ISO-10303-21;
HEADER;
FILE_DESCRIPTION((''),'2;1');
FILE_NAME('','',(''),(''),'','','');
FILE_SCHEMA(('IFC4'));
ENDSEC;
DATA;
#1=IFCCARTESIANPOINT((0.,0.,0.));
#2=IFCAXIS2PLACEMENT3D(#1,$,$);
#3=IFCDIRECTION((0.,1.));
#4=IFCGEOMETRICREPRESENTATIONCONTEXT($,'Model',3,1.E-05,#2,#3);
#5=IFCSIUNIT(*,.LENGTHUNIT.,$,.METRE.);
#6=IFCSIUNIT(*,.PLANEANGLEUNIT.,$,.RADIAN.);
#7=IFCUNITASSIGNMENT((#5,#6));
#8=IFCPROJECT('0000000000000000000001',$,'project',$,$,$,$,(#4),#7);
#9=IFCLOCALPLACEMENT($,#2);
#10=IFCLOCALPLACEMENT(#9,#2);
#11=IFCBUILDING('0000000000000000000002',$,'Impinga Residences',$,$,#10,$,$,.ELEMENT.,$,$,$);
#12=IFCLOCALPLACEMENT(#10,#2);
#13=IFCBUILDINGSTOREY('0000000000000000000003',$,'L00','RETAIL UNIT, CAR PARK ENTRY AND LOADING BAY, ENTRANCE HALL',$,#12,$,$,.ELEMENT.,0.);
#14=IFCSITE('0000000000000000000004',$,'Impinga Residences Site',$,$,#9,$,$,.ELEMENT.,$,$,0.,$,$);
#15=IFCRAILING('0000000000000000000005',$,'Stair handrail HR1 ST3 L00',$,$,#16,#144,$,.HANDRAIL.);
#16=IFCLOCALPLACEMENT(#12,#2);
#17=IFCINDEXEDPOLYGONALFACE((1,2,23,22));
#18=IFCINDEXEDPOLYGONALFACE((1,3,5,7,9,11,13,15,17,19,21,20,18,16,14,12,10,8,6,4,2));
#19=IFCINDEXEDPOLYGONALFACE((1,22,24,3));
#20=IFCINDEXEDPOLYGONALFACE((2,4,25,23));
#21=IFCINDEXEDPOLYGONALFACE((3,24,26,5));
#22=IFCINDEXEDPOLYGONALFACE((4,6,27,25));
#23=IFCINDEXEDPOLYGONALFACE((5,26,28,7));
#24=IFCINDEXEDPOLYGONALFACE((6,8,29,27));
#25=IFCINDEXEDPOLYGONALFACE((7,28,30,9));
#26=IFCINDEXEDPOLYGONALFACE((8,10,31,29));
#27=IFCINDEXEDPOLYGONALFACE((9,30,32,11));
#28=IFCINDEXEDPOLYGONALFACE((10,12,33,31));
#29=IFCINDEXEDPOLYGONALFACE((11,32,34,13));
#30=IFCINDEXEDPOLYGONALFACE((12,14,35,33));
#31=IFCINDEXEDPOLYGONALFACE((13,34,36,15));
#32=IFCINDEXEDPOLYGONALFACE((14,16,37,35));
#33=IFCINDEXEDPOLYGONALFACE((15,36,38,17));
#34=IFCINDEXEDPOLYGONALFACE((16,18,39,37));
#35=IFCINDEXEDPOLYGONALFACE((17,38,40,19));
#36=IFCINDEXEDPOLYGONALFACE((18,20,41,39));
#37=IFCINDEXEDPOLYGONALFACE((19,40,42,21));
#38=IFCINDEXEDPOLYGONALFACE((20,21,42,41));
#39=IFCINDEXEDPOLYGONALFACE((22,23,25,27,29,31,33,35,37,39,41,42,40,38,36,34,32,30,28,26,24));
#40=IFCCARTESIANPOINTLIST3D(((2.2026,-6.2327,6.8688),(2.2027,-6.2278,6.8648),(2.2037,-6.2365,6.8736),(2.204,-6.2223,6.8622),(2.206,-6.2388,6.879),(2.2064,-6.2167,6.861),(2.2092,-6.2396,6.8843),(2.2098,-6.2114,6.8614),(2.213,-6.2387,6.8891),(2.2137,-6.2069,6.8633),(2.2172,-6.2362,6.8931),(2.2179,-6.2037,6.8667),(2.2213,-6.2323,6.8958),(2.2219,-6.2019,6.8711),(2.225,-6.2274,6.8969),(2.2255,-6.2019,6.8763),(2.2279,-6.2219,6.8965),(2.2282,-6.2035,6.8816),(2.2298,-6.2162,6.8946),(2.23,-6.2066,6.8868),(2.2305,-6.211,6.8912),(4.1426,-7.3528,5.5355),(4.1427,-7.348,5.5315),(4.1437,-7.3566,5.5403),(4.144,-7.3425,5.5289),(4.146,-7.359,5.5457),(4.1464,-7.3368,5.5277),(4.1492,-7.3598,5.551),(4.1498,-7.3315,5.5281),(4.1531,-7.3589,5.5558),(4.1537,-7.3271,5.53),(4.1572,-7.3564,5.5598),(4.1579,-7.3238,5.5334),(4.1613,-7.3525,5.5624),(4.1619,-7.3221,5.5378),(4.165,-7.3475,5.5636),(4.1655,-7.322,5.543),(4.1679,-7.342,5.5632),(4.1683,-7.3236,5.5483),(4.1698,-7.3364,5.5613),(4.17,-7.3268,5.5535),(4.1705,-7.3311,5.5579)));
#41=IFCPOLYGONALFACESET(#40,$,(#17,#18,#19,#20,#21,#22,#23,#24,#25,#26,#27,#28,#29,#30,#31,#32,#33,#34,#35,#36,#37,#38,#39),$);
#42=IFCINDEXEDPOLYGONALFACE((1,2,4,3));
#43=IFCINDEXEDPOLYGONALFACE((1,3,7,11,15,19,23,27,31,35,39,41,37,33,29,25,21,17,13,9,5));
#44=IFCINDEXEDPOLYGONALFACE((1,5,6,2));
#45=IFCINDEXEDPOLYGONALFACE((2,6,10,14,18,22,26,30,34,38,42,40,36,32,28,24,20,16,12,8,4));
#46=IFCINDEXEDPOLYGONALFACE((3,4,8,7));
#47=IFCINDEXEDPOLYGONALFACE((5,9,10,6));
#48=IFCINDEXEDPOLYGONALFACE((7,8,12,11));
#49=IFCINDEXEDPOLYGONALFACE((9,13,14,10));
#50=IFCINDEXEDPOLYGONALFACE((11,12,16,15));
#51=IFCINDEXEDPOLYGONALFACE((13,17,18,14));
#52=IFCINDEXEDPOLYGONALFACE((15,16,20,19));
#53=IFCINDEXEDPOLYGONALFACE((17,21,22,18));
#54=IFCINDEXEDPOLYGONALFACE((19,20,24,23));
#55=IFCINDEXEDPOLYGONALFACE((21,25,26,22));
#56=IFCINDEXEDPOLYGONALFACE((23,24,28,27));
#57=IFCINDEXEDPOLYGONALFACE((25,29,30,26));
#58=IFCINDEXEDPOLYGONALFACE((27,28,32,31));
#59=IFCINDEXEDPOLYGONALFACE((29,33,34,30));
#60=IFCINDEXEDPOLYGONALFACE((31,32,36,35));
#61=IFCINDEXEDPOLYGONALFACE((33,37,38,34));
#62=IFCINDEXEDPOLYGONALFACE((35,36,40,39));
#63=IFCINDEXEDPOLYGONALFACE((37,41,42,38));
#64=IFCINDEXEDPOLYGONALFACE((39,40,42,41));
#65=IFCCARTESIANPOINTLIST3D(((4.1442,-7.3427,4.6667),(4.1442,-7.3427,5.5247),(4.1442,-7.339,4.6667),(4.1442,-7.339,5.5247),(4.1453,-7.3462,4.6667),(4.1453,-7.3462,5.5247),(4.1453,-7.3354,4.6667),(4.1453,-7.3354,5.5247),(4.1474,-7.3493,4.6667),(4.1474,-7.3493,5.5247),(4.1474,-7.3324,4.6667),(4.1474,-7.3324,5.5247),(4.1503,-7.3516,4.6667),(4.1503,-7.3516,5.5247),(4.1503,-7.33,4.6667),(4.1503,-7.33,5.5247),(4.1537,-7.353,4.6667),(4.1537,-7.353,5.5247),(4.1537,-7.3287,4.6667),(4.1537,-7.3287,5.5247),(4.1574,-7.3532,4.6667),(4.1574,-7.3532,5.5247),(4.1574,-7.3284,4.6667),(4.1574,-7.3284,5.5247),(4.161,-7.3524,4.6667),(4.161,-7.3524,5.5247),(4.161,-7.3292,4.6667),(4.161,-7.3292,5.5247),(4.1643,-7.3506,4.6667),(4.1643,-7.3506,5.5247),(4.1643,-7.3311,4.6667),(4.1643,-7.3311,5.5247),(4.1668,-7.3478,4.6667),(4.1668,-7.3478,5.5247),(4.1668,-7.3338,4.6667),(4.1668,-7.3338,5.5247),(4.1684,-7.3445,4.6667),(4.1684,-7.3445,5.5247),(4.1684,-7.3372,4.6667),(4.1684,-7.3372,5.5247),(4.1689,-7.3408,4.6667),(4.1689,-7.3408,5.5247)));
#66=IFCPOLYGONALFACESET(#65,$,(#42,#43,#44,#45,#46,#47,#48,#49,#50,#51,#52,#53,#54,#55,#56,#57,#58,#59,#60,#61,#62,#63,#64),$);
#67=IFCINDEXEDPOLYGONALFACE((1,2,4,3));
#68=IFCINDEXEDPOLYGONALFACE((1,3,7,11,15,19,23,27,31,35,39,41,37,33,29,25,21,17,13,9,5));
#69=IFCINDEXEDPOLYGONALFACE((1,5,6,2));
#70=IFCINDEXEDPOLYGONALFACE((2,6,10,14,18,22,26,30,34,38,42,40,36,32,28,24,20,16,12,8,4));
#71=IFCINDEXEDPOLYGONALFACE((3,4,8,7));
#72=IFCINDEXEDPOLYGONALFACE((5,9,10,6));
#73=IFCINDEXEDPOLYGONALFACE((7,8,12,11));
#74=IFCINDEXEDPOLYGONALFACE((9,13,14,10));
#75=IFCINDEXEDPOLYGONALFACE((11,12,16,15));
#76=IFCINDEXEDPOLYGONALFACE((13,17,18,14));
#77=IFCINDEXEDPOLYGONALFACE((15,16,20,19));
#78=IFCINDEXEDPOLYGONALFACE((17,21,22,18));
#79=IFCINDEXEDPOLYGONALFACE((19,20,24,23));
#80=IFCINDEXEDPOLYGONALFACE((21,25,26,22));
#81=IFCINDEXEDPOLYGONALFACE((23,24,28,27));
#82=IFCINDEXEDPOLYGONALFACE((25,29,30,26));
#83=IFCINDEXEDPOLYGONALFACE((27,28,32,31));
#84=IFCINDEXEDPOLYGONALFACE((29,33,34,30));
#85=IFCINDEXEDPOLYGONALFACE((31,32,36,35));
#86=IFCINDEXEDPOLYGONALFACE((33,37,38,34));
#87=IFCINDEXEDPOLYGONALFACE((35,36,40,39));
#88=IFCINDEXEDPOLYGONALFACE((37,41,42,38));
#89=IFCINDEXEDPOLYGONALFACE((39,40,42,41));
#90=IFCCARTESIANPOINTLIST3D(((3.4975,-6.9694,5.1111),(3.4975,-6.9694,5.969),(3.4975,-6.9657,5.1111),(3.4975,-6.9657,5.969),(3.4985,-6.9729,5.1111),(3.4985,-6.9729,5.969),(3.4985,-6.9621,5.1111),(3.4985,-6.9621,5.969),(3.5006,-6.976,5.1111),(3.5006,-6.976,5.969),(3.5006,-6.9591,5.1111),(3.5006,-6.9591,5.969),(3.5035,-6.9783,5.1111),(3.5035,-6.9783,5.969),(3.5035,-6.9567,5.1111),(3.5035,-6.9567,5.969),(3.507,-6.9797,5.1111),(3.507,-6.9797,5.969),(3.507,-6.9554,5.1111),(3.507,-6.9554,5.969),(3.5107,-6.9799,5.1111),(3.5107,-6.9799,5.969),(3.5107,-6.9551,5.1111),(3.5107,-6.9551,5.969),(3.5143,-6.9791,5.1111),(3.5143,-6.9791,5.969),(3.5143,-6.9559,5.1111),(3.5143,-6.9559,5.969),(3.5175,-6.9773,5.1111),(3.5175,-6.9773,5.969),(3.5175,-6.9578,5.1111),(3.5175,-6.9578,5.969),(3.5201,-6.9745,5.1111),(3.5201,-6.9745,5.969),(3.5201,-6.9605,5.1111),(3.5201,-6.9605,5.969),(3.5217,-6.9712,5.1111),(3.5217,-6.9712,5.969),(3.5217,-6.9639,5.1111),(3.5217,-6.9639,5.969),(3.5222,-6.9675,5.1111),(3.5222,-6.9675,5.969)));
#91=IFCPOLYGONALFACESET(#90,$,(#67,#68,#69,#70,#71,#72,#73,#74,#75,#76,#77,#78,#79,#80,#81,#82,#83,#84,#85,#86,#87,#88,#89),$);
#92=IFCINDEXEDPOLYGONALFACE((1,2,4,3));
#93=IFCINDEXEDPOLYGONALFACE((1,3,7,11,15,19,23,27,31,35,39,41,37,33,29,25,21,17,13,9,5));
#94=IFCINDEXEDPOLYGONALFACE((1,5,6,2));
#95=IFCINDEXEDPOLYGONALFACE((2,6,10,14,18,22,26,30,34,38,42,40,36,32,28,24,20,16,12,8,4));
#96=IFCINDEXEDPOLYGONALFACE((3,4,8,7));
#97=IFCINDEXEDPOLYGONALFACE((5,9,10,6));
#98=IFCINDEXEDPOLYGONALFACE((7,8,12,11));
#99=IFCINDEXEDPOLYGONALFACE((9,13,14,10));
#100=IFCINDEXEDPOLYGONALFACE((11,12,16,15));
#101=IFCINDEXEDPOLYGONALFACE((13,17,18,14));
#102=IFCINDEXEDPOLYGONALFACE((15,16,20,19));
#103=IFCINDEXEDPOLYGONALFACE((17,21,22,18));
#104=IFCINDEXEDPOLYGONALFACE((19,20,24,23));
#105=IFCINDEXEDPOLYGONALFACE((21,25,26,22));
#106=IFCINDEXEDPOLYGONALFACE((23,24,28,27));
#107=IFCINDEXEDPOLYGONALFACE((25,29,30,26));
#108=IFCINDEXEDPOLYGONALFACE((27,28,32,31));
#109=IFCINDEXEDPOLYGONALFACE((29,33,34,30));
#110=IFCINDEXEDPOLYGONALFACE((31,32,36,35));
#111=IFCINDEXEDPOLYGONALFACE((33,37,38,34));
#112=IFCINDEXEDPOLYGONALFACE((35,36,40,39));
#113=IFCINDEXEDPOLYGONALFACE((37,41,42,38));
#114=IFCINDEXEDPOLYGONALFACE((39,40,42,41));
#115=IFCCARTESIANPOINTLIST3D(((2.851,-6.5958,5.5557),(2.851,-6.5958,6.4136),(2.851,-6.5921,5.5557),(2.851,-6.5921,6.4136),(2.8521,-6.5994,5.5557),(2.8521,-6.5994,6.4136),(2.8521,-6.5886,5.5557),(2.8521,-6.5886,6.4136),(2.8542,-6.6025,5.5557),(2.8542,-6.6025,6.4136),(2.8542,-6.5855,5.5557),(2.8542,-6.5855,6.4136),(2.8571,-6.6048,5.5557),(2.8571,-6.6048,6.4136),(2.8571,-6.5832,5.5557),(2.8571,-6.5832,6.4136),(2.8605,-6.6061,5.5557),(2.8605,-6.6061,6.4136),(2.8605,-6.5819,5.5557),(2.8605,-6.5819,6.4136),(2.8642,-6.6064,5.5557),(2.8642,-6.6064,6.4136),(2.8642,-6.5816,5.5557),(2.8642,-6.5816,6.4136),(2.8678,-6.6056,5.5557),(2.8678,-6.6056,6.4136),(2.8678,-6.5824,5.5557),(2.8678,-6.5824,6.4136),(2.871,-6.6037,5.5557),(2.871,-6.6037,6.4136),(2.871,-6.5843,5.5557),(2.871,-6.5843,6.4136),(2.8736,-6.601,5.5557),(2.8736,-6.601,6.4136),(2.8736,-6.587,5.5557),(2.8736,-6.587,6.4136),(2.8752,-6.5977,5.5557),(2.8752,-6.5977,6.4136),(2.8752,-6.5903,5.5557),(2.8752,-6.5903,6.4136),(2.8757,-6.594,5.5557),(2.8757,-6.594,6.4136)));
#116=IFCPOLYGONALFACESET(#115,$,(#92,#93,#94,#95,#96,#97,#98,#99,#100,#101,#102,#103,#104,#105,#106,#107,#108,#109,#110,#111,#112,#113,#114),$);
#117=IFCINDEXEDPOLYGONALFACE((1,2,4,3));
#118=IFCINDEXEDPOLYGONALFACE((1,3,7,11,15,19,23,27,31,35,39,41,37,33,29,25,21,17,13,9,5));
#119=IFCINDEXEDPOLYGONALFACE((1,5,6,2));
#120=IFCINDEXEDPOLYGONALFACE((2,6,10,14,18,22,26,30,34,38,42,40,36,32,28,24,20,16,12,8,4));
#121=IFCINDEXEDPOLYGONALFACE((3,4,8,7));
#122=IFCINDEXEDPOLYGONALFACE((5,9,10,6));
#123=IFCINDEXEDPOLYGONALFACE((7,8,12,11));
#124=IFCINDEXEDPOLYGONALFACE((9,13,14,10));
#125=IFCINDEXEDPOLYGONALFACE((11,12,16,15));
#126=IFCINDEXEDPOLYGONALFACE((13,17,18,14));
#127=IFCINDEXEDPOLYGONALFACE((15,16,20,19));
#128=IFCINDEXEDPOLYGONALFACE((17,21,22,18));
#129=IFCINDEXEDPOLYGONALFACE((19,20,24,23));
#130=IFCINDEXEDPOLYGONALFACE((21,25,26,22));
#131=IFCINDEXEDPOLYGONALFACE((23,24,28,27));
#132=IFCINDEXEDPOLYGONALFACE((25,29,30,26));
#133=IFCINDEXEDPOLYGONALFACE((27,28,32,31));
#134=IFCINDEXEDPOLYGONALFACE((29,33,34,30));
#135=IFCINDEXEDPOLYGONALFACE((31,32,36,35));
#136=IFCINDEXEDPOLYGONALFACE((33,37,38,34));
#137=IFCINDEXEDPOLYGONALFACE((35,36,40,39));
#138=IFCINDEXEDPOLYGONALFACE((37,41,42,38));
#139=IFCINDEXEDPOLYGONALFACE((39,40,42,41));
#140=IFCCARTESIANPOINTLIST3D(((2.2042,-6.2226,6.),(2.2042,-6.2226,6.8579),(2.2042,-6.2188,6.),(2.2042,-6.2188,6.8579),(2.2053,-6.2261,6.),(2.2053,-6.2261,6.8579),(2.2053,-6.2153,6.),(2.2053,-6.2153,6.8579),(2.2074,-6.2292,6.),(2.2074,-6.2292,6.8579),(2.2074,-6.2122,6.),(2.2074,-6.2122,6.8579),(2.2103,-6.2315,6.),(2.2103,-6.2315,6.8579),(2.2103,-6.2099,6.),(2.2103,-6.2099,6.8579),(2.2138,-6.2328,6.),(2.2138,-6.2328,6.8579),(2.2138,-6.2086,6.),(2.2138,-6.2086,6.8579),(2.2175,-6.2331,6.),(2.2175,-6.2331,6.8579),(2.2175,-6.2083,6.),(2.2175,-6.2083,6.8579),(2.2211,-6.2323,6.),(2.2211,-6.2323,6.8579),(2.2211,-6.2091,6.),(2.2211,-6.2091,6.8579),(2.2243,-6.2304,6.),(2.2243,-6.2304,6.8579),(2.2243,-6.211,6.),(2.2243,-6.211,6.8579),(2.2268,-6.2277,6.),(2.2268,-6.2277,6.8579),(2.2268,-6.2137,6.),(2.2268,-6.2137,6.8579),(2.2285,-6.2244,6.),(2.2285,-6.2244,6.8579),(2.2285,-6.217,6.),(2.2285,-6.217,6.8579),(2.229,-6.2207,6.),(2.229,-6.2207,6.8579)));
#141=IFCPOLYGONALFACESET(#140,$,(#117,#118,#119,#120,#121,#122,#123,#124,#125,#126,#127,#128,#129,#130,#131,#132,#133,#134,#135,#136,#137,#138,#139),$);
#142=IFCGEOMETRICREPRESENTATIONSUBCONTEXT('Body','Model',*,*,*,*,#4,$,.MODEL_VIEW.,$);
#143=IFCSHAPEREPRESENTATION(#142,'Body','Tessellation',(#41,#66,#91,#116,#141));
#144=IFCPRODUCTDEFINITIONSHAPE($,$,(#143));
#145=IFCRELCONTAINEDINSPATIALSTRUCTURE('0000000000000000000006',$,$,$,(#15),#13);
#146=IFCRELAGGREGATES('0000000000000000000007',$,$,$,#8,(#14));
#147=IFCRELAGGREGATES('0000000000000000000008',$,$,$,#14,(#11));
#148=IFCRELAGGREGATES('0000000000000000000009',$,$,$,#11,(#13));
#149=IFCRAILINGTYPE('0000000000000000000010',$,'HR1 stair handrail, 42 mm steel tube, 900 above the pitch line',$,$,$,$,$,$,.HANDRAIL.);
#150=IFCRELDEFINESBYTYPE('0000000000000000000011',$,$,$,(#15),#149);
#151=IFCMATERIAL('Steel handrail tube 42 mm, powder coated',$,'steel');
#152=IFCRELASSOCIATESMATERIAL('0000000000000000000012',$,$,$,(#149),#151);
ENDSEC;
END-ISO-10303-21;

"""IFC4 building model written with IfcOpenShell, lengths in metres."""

from ifc_helpers import new_model, si_unit, direction, frame, origin, origin_2d, place, context, subcontext, project, spatial, circle, extrude, material, type_object, element, save


model = new_model("IFC4")

# Units and contexts
model_context = context("Model", 3, precision=1e-05, world=origin(), true_north=direction((0.0, 1.0)))
body_context = subcontext(model_context, "Body", "Model", "MODEL_VIEW")
ifc_project = project(units=[si_unit("LENGTHUNIT", "METRE"), si_unit("PLANEANGLEUNIT", "RADIAN")], contexts=[model_context])

# Site, building, storey
site_placement = place(None, origin())
site = spatial("IfcSite", under=ifc_project, at=site_placement, Name="Impinga Residences Site", CompositionType="ELEMENT", RefElevation=0.0)
building_placement = place(site_placement, origin())
building = spatial("IfcBuilding", under=site, at=building_placement, Name="Impinga Residences", CompositionType="ELEMENT")
storey_placement = place(building_placement, origin())
storey = spatial("IfcBuildingStorey", under=building, at=storey_placement, Name="L00", Description="RETAIL UNIT, CAR PARK ENTRY AND LOADING BAY, ENTRANCE HALL", CompositionType="ELEMENT", Elevation=0.0)

# Railing
ifc_material_1 = material(Name="Steel handrail tube 42 mm, powder coated", Category="steel")
railing_type = type_object("IfcRailingType", Name="HR1 stair handrail, 42 mm steel tube, 900 above the pitch line", PredefinedType="HANDRAIL", material=ifc_material_1)
for number, where, name in (
    (1, (4.1565, -7.3408, 4.6667), "Stair handrail HR1 ST3 L00"),
):
    element("IfcRailing", number, at=place(storey_placement, frame(where)), inside=storey, type_object=railing_type, Name=name, PredefinedType="HANDRAIL", context=body_context, shape_type="SweptSolid", body=[
        extrude(circle(Radius=0.021, at=origin_2d()), frame((0.0, 0.0, 0.8789), z_axis=(-0.744175, 0.429684, 0.511444), x_axis=(-0.500031, -0.866008, 0.0)), (0.0, 0.0, 1.0), 2.6069),
        extrude(circle(Radius=0.0125, at=origin_2d()), origin(), (0.0, 0.0, 1.0), 0.8579),
        extrude(circle(Radius=0.0125, at=origin_2d()), frame((-0.6467, 0.3733, 0.4443)), (0.0, 0.0, 1.0), 0.8579),
        extrude(circle(Radius=0.0125, at=origin_2d()), frame((-1.2932, 0.7468, 0.8889)), (0.0, 0.0, 1.0), 0.8579),
        extrude(circle(Radius=0.0125, at=origin_2d()), frame((-1.9399, 1.1201, 1.3333)), (0.0, 0.0, 1.0), 0.8579),
    ])

save(model, "model.ifc")
